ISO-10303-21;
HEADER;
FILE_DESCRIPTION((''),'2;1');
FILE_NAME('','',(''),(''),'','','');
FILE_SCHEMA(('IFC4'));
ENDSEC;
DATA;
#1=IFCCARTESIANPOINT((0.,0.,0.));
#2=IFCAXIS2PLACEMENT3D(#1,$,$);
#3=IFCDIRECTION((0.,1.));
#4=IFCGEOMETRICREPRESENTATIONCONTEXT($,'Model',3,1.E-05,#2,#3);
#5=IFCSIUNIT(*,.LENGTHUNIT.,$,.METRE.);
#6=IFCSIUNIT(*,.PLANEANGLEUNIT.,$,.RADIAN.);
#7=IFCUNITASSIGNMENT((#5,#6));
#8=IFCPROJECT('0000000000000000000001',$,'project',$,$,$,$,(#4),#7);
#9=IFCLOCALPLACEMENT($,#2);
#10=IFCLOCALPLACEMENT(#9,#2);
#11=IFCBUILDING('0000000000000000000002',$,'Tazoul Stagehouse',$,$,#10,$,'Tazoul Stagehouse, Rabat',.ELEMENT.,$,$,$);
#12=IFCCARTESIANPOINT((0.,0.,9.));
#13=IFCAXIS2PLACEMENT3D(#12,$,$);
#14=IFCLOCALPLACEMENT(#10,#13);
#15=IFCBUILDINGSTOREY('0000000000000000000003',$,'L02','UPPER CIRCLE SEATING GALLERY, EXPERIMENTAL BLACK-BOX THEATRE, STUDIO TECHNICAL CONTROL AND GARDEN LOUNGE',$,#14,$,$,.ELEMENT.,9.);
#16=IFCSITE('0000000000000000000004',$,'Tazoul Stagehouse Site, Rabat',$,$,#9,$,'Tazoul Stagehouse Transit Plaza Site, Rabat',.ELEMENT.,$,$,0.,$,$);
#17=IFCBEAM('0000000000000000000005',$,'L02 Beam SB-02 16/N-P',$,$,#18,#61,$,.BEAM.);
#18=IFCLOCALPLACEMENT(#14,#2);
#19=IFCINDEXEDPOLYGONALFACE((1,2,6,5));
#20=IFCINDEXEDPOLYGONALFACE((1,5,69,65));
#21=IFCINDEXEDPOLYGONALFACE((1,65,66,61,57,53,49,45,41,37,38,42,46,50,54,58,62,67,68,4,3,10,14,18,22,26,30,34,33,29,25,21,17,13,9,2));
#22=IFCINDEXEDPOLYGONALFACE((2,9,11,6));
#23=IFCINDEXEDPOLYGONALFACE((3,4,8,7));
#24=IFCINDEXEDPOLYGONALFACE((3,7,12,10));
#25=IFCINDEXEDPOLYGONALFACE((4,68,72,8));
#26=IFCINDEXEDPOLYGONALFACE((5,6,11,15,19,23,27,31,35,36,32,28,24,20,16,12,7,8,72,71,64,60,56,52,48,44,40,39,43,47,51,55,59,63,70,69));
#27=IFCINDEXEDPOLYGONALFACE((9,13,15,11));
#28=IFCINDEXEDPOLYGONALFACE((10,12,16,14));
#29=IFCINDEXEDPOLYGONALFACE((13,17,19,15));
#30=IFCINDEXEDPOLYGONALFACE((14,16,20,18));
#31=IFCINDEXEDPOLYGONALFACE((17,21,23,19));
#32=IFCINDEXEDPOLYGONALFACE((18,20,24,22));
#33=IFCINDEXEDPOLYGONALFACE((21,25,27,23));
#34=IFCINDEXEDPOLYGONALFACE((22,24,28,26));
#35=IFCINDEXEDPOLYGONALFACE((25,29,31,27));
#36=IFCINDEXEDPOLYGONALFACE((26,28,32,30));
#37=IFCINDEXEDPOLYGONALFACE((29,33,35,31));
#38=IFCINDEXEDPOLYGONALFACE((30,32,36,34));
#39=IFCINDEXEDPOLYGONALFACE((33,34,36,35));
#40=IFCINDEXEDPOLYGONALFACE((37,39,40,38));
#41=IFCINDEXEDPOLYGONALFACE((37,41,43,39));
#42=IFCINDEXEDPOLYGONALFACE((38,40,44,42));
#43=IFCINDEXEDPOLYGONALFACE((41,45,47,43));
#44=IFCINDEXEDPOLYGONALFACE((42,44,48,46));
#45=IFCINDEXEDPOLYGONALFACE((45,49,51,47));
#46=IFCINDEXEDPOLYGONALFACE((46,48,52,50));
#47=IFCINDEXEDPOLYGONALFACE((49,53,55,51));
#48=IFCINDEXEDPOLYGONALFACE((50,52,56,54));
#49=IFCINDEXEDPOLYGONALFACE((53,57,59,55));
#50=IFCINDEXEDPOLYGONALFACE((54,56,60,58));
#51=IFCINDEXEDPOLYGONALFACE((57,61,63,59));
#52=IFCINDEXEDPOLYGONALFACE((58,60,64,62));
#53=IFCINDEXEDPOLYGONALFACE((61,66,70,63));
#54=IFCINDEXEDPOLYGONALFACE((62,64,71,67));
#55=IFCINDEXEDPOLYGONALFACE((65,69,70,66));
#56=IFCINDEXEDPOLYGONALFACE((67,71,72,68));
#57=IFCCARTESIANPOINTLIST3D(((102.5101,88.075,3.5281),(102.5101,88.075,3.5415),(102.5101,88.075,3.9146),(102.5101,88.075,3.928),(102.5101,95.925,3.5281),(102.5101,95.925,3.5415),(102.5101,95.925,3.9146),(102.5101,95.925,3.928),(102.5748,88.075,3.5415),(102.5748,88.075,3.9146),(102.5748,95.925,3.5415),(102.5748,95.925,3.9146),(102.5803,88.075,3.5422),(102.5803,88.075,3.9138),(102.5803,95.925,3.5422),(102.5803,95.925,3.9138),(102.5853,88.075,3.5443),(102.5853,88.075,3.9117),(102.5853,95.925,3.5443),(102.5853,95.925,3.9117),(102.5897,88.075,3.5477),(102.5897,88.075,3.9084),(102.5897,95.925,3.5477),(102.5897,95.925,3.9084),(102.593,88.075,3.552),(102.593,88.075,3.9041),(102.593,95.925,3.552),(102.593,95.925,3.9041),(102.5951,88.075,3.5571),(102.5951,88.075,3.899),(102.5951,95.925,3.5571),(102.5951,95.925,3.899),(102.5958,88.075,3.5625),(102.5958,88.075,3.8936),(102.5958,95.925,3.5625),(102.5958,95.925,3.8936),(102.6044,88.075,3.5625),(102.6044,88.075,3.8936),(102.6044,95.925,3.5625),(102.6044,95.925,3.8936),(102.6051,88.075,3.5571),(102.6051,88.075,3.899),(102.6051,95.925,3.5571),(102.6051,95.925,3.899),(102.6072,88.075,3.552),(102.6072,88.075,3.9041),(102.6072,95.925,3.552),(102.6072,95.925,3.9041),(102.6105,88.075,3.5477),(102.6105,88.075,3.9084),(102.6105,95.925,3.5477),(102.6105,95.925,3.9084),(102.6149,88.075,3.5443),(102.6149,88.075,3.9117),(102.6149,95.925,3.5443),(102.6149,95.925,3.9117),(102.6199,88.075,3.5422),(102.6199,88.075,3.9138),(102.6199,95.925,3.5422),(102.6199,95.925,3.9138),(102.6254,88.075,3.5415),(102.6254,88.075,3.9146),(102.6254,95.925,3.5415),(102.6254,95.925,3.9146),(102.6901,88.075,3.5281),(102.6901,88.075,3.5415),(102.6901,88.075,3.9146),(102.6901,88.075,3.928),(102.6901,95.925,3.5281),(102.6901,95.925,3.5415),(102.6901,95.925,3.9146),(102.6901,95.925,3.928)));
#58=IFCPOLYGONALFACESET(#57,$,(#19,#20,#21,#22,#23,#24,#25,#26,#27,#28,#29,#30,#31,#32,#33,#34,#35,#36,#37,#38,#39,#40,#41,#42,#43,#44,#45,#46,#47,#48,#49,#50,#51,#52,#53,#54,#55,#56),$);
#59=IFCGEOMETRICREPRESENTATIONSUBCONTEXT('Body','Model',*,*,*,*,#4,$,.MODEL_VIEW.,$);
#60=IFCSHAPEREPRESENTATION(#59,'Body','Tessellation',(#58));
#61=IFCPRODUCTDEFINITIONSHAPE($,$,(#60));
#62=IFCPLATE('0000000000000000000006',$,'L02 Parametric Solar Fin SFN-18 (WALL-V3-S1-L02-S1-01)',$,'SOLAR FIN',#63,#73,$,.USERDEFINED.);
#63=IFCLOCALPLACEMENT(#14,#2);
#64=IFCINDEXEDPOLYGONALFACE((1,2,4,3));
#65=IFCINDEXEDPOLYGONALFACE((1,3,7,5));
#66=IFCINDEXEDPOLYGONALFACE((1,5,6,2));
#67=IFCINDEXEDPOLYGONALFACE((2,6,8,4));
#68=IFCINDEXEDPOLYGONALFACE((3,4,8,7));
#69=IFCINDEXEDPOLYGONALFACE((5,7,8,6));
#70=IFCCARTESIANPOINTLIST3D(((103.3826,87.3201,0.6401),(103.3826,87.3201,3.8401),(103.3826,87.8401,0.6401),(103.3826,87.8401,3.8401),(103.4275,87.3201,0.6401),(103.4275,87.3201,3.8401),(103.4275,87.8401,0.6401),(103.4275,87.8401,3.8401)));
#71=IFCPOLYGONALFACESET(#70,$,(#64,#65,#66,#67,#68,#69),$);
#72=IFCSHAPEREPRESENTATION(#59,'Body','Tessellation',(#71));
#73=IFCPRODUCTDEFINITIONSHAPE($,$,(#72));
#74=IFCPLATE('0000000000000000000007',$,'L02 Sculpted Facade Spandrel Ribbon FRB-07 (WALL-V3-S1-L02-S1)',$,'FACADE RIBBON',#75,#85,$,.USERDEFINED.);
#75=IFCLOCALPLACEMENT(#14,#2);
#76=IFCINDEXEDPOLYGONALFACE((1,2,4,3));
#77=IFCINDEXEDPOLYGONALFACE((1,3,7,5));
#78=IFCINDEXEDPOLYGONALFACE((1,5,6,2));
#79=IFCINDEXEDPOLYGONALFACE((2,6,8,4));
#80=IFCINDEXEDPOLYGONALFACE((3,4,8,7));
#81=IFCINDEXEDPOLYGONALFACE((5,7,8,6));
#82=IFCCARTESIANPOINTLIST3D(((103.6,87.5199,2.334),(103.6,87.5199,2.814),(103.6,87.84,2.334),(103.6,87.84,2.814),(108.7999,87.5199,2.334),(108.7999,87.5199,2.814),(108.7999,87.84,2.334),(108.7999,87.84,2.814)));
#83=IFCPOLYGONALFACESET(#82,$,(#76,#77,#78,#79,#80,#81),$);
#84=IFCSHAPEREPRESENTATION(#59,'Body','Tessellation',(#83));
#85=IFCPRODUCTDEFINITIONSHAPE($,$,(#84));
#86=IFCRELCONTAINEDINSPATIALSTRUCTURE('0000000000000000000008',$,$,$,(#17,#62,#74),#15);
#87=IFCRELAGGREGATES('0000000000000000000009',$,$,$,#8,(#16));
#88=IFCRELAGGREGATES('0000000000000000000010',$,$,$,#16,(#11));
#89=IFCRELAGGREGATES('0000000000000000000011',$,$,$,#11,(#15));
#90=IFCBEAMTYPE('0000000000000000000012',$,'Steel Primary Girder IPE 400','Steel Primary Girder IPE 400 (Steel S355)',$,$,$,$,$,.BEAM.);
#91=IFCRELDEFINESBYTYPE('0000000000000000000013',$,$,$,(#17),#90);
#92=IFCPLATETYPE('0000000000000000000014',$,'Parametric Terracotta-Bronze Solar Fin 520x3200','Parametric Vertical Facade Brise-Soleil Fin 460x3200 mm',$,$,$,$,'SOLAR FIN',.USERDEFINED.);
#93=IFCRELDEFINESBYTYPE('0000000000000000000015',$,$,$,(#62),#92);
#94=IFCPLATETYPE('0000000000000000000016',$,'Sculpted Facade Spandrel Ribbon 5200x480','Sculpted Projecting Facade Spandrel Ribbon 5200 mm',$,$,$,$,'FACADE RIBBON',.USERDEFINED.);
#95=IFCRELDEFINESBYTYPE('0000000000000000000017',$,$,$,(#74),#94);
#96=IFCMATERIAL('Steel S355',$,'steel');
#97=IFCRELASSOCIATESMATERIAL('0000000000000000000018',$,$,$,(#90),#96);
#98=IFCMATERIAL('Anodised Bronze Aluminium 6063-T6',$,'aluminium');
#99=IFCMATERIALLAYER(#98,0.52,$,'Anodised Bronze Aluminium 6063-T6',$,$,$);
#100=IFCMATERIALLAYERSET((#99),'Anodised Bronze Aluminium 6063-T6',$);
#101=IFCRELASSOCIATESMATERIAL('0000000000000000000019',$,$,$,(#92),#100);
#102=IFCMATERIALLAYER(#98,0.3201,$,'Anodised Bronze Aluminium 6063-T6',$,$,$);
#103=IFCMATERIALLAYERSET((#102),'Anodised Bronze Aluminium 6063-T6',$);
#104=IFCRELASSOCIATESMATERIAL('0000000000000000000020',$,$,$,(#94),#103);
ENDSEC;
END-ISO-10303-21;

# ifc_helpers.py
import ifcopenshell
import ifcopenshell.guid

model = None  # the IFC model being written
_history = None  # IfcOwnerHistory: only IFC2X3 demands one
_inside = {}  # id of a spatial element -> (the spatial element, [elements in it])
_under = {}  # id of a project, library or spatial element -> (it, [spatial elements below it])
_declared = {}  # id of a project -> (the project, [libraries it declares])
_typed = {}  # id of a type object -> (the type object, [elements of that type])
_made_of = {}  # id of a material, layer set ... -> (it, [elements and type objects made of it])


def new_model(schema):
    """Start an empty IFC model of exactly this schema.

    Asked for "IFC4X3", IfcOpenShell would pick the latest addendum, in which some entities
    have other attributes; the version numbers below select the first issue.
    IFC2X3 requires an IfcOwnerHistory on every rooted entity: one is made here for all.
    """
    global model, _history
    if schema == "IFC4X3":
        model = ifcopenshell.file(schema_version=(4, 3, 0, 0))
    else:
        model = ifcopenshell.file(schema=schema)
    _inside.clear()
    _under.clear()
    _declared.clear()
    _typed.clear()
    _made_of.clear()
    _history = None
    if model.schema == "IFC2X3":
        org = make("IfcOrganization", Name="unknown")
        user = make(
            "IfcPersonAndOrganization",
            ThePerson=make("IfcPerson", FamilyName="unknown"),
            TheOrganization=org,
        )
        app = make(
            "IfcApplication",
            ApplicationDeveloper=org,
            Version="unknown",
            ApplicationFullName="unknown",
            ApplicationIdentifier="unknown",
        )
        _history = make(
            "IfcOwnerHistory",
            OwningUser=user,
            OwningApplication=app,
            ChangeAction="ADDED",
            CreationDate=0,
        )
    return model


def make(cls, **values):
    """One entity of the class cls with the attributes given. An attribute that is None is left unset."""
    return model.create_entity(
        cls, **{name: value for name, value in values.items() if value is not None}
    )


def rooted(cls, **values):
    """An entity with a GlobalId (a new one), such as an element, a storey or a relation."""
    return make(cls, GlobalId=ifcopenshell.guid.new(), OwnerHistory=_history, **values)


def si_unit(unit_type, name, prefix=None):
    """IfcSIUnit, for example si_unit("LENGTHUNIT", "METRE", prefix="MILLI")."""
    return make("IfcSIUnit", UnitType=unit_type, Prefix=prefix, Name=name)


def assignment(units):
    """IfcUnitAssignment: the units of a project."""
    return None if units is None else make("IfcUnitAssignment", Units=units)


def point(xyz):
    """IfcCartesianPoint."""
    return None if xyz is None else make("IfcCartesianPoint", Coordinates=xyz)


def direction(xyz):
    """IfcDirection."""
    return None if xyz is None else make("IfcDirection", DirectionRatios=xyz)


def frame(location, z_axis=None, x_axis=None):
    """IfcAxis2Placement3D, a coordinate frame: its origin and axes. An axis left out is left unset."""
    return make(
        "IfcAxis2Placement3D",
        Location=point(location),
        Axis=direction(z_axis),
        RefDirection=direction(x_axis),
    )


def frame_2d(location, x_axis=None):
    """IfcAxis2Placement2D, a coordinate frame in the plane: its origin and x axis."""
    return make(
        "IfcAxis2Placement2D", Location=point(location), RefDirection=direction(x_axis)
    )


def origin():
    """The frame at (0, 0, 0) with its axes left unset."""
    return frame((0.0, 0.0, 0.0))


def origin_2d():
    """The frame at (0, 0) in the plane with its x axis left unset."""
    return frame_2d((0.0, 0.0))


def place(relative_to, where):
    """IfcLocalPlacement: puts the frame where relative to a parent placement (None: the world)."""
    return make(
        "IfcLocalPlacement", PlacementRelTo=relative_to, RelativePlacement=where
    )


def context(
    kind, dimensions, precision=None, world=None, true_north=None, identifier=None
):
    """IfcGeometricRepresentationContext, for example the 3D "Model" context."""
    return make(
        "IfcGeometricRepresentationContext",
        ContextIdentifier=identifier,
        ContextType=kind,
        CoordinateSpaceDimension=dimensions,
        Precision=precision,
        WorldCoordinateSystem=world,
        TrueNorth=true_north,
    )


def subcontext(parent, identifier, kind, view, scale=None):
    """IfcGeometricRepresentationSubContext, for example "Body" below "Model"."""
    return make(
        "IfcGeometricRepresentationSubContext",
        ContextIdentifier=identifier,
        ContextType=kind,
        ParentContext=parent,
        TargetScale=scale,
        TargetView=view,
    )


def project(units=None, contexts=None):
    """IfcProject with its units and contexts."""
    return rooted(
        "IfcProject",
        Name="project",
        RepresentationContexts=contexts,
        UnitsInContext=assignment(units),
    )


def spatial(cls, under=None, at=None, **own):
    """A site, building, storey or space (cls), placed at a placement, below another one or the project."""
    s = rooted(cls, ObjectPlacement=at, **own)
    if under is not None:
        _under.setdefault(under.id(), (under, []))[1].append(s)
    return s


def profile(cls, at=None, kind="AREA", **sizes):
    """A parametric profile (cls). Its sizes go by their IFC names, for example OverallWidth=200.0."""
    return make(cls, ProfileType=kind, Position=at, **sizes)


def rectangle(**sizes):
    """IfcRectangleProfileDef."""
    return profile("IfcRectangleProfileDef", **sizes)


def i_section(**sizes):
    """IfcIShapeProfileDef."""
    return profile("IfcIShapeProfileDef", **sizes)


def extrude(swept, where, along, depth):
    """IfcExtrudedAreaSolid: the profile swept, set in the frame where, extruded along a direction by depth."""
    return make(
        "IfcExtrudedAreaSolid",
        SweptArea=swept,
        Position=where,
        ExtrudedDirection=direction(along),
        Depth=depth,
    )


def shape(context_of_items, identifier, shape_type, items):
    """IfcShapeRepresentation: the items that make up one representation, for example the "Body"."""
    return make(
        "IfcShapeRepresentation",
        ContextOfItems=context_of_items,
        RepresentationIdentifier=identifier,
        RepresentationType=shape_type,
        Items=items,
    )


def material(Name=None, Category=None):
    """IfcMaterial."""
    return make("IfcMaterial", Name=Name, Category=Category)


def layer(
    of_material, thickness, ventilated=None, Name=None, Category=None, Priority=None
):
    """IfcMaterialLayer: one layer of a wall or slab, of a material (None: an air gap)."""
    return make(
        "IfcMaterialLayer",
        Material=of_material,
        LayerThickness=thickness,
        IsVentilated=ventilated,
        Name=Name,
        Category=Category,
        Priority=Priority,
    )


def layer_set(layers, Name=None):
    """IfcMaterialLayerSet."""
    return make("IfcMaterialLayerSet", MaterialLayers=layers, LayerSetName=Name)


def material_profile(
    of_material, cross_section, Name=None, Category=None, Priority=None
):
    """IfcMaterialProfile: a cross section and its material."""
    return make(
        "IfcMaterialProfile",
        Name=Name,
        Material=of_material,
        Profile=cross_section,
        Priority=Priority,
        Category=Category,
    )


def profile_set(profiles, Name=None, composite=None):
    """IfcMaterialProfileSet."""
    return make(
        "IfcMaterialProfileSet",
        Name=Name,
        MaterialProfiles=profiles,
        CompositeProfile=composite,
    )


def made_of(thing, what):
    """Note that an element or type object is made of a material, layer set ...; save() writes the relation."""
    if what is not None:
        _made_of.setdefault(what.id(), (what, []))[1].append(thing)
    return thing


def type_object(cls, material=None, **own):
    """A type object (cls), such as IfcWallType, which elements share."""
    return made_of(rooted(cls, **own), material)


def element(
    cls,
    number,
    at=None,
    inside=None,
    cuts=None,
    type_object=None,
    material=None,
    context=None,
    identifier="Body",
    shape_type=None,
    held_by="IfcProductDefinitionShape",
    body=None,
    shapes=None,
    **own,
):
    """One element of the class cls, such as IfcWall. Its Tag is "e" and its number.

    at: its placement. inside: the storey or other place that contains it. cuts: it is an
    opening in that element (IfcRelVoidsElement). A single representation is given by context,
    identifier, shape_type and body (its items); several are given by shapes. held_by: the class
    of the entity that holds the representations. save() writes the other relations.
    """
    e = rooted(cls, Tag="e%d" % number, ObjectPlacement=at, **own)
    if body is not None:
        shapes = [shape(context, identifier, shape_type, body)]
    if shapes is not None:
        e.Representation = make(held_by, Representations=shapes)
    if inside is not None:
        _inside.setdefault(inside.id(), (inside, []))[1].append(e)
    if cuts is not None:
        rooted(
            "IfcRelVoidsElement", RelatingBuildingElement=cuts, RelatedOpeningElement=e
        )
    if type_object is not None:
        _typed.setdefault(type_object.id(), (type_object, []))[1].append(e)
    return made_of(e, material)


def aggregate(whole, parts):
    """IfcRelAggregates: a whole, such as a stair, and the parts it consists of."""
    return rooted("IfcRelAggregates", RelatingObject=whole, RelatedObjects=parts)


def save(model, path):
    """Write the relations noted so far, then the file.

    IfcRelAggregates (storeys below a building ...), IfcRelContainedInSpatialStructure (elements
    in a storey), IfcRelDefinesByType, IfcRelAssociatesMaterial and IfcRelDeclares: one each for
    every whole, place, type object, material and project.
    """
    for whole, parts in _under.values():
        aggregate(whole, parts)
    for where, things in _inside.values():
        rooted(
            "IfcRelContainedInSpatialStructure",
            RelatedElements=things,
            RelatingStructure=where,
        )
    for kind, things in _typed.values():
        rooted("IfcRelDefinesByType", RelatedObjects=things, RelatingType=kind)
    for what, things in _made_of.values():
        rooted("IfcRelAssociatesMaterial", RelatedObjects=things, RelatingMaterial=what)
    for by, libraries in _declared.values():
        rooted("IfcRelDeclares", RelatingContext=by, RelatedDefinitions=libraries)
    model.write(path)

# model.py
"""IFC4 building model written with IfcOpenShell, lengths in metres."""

from ifc_helpers import new_model, si_unit, direction, frame, origin, origin_2d, place, context, subcontext, project, spatial, rectangle, i_section, extrude, material, layer, layer_set, material_profile, profile_set, type_object, element, save


model = new_model("IFC4")

# Units and contexts
model_context = context("Model", 3, precision=1e-05, world=origin(), true_north=direction((0.0, 1.0)))
body_context = subcontext(model_context, "Body", "Model", "MODEL_VIEW")
ifc_project = project(units=[si_unit("LENGTHUNIT", "METRE"), si_unit("PLANEANGLEUNIT", "RADIAN")], contexts=[model_context])

# Site, building, storey
site_placement = place(None, origin())
site = spatial("IfcSite", under=ifc_project, at=site_placement, Name="Tazoul Stagehouse Site, Rabat", LongName="Tazoul Stagehouse Transit Plaza Site, Rabat", CompositionType="ELEMENT", RefElevation=0.0)
building_placement = place(site_placement, origin())
building = spatial("IfcBuilding", under=site, at=building_placement, Name="Tazoul Stagehouse", LongName="Tazoul Stagehouse, Rabat", CompositionType="ELEMENT")
storey_placement = place(building_placement, frame((0.0, 0.0, 9.0)))
storey = spatial("IfcBuildingStorey", under=building, at=storey_placement, Name="L02", Description="UPPER CIRCLE SEATING GALLERY, EXPERIMENTAL BLACK-BOX THEATRE, STUDIO TECHNICAL CONTROL AND GARDEN LOUNGE", CompositionType="ELEMENT", Elevation=9.0)

# Shared definitions
ifc_material_1 = material(Name="Steel S355", Category="steel")

# Beam
ifc_material_profile_1 = material_profile(ifc_material_1, i_section(OverallWidth=0.1799, OverallDepth=0.3999, WebThickness=0.0085, FlangeThickness=0.0134, FilletRadius=0.021, at=origin_2d()), Name="IPE 400")
ifc_profile_set_1 = profile_set([ifc_material_profile_1], Name="Steel S355")
beam_type_1 = type_object("IfcBeamType", Name="Steel Primary Girder IPE 400", Description="Steel Primary Girder IPE 400 (Steel S355)", PredefinedType="BEAM", material=ifc_profile_set_1)
beam_1_placement = place(storey_placement, frame((102.6001, 88.075, 3.728), z_axis=(0.0, 1.0, 0.0), x_axis=(-1.0, 0.0, 0.0)))
element("IfcBeam", 1, at=beam_1_placement, inside=storey, type_object=beam_type_1, Name="L02 Beam SB-02 16/N-P", PredefinedType="BEAM", context=body_context, shape_type="SweptSolid", body=[
    extrude(i_section(OverallWidth=0.1799, OverallDepth=0.3999, WebThickness=0.0085, FlangeThickness=0.0134, FilletRadius=0.021, at=origin_2d()), origin(), (0.0, 0.0, 1.0), 7.8501),
])

# Plates
ifc_material_2 = material(Name="Anodised Bronze Aluminium 6063-T6", Category="aluminium")
ifc_layer_1 = layer(ifc_material_2, 0.52, Name="Anodised Bronze Aluminium 6063-T6")
ifc_layer_set_1 = layer_set([ifc_layer_1], Name="Anodised Bronze Aluminium 6063-T6")
plate_type_1 = type_object("IfcPlateType", Name="Parametric Terracotta-Bronze Solar Fin 520x3200", Description="Parametric Vertical Facade Brise-Soleil Fin 460x3200 mm", ElementType="SOLAR FIN", PredefinedType="USERDEFINED", material=ifc_layer_set_1)
plate_1_placement = place(storey_placement, frame((103.405, 87.5801, 0.6401), z_axis=(0.0, 0.0, 1.0), x_axis=(1.0, 0.0, 0.0)))
element("IfcPlate", 2, at=plate_1_placement, inside=storey, type_object=plate_type_1, Name="L02 Parametric Solar Fin SFN-18 (WALL-V3-S1-L02-S1-01)", ObjectType="SOLAR FIN", PredefinedType="USERDEFINED", context=body_context, shape_type="SweptSolid", body=[
    extrude(rectangle(XDim=0.0449, YDim=0.52, at=origin_2d()), origin(), (0.0, 0.0, 1.0), 3.2),
])
ifc_layer_2 = layer(ifc_material_2, 0.3201, Name="Anodised Bronze Aluminium 6063-T6")
ifc_layer_set_2 = layer_set([ifc_layer_2], Name="Anodised Bronze Aluminium 6063-T6")
plate_type_2 = type_object("IfcPlateType", Name="Sculpted Facade Spandrel Ribbon 5200x480", Description="Sculpted Projecting Facade Spandrel Ribbon 5200 mm", ElementType="FACADE RIBBON", PredefinedType="USERDEFINED", material=ifc_layer_set_2)
plate_2_placement = place(storey_placement, frame((106.2, 87.6799, 2.334), z_axis=(0.0, 0.0, 1.0), x_axis=(1.0, 0.0, 0.0)))
element("IfcPlate", 3, at=plate_2_placement, inside=storey, type_object=plate_type_2, Name="L02 Sculpted Facade Spandrel Ribbon FRB-07 (WALL-V3-S1-L02-S1)", ObjectType="FACADE RIBBON", PredefinedType="USERDEFINED", context=body_context, shape_type="SweptSolid", body=[
    extrude(rectangle(XDim=5.2, YDim=0.3201, at=origin_2d()), origin(), (0.0, 0.0, 1.0), 0.48),
])

save(model, "model.ifc")
